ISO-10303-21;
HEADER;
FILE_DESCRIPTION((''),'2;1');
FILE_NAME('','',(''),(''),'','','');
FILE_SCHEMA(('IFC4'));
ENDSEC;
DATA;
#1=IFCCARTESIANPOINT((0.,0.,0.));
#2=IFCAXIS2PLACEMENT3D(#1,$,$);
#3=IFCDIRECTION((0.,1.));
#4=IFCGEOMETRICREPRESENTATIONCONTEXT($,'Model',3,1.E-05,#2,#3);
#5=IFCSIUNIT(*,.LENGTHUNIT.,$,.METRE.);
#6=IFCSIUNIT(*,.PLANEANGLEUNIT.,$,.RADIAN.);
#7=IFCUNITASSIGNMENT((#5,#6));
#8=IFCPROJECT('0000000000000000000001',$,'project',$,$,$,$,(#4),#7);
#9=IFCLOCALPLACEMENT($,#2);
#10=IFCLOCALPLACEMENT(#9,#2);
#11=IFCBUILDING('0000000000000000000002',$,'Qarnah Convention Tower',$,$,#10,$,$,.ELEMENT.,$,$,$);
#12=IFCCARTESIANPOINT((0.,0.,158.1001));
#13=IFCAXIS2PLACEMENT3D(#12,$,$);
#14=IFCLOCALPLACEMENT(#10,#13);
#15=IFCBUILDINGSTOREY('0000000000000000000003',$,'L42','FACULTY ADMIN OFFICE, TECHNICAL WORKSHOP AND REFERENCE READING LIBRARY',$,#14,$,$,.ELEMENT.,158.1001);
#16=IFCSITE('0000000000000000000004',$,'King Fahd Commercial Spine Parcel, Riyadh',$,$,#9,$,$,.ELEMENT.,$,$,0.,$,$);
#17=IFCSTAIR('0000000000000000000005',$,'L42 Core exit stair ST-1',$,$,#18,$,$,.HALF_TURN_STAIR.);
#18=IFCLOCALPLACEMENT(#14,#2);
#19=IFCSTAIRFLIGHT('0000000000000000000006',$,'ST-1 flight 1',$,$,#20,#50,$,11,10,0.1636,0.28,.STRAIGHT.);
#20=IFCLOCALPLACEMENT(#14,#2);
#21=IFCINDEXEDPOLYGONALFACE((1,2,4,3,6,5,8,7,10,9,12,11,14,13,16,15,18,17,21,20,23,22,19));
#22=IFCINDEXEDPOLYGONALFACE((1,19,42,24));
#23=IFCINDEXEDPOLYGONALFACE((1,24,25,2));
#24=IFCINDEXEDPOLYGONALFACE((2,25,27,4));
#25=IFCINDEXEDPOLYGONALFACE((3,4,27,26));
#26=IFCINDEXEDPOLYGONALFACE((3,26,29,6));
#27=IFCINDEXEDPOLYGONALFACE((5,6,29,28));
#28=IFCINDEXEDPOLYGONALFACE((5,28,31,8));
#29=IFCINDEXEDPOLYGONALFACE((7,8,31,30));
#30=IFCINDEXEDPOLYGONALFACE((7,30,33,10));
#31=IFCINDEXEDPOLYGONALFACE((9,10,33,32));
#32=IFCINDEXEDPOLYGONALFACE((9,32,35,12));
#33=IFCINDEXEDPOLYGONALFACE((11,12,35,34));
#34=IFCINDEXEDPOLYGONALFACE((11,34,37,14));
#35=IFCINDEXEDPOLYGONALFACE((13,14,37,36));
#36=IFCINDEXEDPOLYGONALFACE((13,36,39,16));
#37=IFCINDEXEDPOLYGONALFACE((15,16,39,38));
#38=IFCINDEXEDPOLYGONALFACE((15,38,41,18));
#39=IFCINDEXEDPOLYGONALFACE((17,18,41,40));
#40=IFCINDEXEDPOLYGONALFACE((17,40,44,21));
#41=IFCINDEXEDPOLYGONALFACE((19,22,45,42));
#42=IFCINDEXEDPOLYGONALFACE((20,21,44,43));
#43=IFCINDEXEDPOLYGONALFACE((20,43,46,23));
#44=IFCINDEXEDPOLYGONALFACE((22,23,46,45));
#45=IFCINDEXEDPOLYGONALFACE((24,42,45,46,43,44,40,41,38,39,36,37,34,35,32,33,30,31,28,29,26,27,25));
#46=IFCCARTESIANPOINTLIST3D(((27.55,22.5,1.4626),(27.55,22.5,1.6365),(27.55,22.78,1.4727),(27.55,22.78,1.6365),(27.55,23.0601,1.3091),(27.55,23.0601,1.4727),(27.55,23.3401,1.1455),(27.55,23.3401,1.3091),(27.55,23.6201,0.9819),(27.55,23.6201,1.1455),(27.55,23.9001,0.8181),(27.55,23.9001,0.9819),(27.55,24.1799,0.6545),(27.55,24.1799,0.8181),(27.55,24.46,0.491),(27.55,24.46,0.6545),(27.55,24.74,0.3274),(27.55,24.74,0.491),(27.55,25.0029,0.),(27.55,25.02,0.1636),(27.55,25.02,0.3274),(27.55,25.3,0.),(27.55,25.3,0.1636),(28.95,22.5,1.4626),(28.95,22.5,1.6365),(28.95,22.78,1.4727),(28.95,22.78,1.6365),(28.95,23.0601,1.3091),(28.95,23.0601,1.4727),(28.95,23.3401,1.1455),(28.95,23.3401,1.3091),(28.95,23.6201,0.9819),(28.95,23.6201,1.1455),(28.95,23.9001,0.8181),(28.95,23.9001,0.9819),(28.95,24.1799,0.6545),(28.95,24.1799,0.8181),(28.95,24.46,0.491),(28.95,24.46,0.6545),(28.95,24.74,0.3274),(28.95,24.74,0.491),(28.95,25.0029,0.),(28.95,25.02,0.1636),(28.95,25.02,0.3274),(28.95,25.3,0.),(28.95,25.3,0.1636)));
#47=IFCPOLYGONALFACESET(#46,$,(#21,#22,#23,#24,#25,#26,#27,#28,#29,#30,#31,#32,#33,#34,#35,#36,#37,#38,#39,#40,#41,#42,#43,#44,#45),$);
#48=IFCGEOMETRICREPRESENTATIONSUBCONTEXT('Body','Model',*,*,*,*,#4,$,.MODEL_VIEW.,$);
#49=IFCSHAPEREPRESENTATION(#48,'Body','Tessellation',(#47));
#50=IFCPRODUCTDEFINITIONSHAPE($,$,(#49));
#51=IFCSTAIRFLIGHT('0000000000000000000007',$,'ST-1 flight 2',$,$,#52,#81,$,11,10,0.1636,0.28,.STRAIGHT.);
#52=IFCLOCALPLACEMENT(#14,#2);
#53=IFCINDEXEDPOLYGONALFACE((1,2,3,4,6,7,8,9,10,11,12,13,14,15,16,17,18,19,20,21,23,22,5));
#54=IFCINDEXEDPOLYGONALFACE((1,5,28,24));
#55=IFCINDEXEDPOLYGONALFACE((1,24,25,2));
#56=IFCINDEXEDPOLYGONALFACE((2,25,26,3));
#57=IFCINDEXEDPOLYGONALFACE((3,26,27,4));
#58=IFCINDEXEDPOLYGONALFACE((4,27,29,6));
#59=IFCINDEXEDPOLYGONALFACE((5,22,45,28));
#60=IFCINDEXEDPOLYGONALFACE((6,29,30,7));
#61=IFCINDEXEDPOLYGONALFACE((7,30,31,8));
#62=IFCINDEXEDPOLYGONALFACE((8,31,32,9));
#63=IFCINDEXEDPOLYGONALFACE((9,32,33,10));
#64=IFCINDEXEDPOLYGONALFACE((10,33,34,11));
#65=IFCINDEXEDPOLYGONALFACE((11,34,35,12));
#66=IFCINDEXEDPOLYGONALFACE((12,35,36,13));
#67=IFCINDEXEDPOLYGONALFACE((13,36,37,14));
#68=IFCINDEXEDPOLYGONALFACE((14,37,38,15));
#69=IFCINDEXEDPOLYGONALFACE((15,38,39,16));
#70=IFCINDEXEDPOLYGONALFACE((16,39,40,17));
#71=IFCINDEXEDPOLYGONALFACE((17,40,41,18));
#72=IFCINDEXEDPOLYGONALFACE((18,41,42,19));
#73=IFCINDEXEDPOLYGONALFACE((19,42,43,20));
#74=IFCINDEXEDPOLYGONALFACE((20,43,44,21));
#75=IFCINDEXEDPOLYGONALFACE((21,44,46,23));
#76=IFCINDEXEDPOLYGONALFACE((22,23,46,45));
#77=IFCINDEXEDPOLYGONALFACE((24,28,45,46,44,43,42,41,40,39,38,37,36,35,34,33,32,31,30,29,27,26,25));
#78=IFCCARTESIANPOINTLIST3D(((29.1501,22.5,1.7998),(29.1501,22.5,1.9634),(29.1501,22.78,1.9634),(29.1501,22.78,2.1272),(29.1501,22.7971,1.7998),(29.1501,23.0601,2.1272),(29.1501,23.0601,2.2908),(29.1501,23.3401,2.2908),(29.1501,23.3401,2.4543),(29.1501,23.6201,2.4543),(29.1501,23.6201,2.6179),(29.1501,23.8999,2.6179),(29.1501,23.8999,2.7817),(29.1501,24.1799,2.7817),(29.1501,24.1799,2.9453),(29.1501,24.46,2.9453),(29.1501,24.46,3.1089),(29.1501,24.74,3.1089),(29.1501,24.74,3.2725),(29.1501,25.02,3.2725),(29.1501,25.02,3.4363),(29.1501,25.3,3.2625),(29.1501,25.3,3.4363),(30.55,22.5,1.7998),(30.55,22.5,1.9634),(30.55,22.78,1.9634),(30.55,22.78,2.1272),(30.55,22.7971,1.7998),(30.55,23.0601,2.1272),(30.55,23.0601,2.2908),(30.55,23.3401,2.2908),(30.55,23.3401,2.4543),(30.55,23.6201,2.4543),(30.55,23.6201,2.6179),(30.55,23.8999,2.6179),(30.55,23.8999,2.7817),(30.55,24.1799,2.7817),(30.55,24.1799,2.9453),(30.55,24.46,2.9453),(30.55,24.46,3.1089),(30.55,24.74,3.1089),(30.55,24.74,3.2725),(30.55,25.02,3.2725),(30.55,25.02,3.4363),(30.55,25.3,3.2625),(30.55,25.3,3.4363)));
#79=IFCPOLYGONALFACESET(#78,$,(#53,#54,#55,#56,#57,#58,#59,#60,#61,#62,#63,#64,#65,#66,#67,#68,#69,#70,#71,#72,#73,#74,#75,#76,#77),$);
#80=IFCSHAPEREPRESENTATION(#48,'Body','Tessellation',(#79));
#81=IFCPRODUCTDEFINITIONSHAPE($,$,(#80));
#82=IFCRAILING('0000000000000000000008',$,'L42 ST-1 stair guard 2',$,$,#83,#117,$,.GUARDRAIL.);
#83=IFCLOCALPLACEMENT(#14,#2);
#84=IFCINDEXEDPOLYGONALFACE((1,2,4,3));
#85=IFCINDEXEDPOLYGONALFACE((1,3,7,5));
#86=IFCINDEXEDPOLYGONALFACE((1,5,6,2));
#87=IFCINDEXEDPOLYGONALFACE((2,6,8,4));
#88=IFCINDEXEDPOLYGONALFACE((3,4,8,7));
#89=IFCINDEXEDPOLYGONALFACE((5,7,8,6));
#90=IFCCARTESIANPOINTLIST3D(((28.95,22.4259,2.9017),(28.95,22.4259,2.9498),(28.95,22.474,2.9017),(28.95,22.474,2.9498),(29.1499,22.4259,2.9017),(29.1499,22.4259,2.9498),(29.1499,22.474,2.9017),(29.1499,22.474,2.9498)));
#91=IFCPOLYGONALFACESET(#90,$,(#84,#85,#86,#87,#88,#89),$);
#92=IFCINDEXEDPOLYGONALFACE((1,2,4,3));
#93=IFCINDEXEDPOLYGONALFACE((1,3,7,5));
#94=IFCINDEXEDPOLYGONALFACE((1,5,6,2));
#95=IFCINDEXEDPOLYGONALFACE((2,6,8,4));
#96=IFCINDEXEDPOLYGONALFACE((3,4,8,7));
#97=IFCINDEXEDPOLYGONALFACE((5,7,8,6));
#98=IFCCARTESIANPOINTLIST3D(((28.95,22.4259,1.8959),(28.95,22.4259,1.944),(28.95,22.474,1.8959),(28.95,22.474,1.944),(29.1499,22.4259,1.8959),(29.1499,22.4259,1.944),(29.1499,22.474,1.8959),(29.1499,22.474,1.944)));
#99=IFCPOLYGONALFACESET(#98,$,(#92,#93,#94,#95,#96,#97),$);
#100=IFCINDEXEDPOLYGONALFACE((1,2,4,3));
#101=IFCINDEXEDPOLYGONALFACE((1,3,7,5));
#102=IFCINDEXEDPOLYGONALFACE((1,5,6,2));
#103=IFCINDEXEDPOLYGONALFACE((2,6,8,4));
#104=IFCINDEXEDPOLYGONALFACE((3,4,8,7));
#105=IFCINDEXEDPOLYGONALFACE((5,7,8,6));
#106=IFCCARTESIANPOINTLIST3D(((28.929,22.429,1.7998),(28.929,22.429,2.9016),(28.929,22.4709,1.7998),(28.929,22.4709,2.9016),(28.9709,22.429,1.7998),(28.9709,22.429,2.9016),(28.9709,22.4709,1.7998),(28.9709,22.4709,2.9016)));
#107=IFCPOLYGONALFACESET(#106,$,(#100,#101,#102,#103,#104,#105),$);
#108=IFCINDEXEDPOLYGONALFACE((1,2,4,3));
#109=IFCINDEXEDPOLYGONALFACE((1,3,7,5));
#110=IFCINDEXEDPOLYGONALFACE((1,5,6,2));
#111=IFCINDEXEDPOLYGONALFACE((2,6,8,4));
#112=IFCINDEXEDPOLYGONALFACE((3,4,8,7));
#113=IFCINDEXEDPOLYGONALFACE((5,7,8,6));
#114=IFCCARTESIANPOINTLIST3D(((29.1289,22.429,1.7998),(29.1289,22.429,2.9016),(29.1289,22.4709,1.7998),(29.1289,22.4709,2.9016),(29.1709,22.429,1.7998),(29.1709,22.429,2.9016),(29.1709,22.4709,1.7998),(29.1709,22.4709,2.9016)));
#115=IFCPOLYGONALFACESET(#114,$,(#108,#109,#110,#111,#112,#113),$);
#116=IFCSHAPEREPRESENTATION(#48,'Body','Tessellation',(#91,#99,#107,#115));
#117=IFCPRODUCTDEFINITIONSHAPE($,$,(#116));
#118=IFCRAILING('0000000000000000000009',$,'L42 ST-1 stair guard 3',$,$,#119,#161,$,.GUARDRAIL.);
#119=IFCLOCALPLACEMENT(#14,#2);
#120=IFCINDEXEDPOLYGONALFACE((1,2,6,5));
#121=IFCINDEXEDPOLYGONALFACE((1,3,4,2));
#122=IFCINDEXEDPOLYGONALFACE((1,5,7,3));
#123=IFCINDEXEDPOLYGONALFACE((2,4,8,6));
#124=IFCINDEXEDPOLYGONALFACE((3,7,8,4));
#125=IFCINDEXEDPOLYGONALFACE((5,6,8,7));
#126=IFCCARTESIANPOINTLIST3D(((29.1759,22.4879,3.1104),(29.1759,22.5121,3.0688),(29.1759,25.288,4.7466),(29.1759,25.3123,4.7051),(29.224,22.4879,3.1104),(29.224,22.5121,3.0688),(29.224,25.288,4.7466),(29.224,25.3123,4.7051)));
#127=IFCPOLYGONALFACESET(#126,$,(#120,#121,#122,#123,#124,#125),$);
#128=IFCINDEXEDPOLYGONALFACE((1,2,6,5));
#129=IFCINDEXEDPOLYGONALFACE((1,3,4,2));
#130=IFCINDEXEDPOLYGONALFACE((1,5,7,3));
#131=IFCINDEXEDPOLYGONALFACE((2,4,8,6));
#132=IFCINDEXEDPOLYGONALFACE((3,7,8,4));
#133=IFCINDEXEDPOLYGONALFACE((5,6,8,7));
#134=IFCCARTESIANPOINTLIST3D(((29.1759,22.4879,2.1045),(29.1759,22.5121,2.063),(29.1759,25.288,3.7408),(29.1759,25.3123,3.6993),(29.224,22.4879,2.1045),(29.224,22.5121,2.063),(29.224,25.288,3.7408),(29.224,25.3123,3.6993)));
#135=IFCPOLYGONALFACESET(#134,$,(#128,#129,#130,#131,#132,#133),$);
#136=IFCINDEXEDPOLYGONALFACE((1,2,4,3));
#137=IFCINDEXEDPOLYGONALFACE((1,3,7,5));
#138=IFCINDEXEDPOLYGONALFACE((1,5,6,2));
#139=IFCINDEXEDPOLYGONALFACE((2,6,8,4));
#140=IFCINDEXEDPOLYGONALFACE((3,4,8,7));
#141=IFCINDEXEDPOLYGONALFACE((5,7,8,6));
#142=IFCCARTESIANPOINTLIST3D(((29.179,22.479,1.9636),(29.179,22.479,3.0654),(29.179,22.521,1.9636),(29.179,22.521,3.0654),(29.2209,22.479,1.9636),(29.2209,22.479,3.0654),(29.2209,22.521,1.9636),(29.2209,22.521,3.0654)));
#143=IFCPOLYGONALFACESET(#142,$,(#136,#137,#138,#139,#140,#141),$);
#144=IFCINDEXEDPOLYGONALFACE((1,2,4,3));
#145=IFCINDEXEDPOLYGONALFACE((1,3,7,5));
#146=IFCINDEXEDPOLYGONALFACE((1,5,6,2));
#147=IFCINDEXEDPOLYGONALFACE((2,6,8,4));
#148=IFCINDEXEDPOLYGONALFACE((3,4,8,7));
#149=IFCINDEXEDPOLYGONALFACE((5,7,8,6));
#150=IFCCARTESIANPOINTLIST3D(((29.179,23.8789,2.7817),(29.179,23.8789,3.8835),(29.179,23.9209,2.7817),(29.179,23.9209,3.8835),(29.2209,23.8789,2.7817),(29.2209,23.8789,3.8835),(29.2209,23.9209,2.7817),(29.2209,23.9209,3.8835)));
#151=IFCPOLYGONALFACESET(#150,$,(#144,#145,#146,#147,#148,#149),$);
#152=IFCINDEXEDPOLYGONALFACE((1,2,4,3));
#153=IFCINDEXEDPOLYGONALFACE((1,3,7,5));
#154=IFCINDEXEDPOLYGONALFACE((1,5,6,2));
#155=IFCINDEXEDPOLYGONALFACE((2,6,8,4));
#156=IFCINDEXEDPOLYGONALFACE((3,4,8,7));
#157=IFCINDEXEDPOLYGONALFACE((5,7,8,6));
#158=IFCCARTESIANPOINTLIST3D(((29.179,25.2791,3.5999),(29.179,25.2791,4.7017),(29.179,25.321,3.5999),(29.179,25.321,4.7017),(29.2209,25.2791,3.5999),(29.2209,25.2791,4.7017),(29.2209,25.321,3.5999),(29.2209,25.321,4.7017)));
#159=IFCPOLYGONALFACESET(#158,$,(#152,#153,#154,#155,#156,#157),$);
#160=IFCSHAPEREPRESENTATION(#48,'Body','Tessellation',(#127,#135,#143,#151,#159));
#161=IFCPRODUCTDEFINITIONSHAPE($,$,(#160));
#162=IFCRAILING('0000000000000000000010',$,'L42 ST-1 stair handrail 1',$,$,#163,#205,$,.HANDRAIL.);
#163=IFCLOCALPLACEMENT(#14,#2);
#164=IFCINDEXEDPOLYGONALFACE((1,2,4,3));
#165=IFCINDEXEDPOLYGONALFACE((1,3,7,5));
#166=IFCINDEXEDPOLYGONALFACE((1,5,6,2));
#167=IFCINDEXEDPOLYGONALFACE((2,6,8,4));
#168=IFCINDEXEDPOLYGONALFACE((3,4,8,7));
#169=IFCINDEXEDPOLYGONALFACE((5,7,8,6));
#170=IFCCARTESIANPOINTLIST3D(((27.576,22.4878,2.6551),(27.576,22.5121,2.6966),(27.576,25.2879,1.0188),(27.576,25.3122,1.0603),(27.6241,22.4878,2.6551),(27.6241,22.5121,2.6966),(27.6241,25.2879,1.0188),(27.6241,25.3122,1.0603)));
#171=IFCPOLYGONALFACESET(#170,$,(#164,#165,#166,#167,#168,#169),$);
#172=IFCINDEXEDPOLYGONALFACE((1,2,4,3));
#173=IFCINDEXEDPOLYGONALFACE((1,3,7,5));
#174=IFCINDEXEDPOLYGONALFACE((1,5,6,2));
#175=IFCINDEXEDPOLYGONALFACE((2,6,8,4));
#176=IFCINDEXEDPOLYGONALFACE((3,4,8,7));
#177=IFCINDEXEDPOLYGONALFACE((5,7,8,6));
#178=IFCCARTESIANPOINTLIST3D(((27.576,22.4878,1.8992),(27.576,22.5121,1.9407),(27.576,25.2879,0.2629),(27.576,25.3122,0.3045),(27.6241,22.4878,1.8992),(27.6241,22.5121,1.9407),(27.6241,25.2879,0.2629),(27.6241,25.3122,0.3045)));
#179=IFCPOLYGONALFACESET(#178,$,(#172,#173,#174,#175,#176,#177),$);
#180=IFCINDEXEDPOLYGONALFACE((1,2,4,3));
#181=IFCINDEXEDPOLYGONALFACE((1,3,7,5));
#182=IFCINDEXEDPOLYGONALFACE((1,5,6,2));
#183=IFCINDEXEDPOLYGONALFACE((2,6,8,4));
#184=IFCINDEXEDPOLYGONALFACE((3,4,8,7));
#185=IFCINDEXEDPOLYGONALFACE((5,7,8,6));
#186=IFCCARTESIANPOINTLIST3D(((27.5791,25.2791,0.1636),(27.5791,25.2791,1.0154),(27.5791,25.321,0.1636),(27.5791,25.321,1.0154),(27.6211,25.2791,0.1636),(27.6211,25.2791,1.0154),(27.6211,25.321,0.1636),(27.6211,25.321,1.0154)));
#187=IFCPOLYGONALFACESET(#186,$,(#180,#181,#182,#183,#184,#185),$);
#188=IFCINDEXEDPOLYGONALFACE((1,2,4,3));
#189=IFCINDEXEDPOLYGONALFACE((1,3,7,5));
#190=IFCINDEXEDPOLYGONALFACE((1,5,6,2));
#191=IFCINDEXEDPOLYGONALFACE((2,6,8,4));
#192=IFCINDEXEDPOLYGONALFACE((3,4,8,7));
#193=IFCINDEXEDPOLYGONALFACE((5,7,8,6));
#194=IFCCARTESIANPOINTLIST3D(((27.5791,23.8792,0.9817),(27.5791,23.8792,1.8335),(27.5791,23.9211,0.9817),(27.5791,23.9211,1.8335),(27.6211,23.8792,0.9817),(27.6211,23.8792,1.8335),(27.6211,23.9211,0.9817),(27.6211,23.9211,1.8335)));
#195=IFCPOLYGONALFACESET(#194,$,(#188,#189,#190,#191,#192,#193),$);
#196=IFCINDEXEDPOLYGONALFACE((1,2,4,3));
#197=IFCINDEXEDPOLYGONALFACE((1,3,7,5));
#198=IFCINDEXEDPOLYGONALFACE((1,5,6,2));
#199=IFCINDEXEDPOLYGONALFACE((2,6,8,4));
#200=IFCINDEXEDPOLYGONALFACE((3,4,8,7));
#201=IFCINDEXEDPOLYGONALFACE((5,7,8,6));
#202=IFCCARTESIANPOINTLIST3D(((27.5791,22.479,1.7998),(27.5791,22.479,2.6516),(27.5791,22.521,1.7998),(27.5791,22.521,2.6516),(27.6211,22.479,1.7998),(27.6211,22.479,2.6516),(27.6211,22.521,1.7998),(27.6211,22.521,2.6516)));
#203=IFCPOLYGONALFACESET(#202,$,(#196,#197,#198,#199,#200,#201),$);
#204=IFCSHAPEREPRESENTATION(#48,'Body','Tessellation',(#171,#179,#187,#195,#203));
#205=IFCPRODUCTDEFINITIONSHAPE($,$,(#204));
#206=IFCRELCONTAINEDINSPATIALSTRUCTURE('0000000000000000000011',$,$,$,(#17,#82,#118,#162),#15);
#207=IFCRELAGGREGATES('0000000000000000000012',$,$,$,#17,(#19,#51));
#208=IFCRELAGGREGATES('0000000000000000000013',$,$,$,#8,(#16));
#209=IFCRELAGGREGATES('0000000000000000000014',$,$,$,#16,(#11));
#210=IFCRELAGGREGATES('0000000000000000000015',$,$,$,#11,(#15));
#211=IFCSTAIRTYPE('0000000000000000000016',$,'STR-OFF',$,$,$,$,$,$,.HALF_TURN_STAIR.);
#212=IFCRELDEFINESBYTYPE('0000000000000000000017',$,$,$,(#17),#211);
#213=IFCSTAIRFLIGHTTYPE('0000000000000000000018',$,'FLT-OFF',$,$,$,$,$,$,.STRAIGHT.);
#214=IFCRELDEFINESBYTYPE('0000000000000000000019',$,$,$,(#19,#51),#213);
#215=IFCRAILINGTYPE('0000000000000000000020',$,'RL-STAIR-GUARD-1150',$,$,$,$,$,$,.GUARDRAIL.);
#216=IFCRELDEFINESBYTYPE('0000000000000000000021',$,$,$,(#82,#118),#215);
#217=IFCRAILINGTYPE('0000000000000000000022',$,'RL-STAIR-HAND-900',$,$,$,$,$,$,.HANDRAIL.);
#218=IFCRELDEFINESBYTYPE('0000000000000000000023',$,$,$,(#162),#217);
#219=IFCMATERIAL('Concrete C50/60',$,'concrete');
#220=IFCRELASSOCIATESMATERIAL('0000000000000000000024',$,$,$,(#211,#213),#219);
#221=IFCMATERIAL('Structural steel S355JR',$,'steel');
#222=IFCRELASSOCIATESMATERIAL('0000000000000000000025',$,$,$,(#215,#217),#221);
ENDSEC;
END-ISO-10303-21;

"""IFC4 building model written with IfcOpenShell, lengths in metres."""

from ifc_helpers import new_model, si_unit, direction, frame, origin, origin_2d, place, context, subcontext, project, spatial, polyline, rectangle, outline, extrude, material, type_object, element, aggregate, save


model = new_model("IFC4")

# Units and contexts
model_context = context("Model", 3, precision=1e-05, world=origin(), true_north=direction((0.0, 1.0)))
body_context = subcontext(model_context, "Body", "Model", "MODEL_VIEW")
ifc_project = project(units=[si_unit("LENGTHUNIT", "METRE"), si_unit("PLANEANGLEUNIT", "RADIAN")], contexts=[model_context])

# Site, building, storey
site_placement = place(None, origin())
site = spatial("IfcSite", under=ifc_project, at=site_placement, Name="King Fahd Commercial Spine Parcel, Riyadh", CompositionType="ELEMENT", RefElevation=0.0)
building_placement = place(site_placement, origin())
building = spatial("IfcBuilding", under=site, at=building_placement, Name="Qarnah Convention Tower", CompositionType="ELEMENT")
storey_placement = place(building_placement, frame((0.0, 0.0, 158.1001)))
storey = spatial("IfcBuildingStorey", under=building, at=storey_placement, Name="L42", Description="FACULTY ADMIN OFFICE, TECHNICAL WORKSHOP AND REFERENCE READING LIBRARY", CompositionType="ELEMENT", Elevation=158.1001)

# Shared definitions
ifc_material_1 = material(Name="Structural steel S355JR", Category="steel")

# Stair, stair flights
ifc_material_2 = material(Name="Concrete C50/60", Category="concrete")
stair_type = type_object("IfcStairType", Name="STR-OFF", PredefinedType="HALF_TURN_STAIR", material=ifc_material_2)
stair_placement = place(storey_placement, origin())
stair = element("IfcStair", 1, at=stair_placement, inside=storey, type_object=stair_type, Name="L42 Core exit stair ST-1", PredefinedType="HALF_TURN_STAIR")
stair_flight_type = type_object("IfcStairFlightType", Name="FLT-OFF", PredefinedType="STRAIGHT", material=ifc_material_2)
stair_flight_1_placement = place(storey_placement, frame((28.25, 25.3, 0.0), z_axis=(0.0, 0.0, 1.0), x_axis=(0.0, -1.0, 0.0)))
stair_flight_1 = element("IfcStairFlight", 2, at=stair_flight_1_placement, type_object=stair_flight_type, Name="ST-1 flight 1", NumberOfRisers=11, NumberOfTreads=10, PredefinedType="STRAIGHT", RiserHeight=0.1636, TreadLength=0.28, context=body_context, shape_type="SweptSolid", body=[
    extrude(outline(polyline([(0.0, 0.0), (0.0, 0.1636), (0.28, 0.1636), (0.28, 0.3274), (0.5601, 0.3274), (0.5601, 0.491), (0.8401, 0.491), (0.8401, 0.6545), (1.1201, 0.6545), (1.1201, 0.8181), (1.3999, 0.8181), (1.3999, 0.9819), (1.6799, 0.9819), (1.6799, 1.1455), (1.96, 1.1455), (1.96, 1.3091), (2.24, 1.3091), (2.24, 1.4727), (2.52, 1.4727), (2.52, 1.6365), (2.8, 1.6365), (2.8, 1.8), (2.8, 1.4626), (0.2971, 0.0), (0.0, 0.0)])), frame((0.0, 0.7, 0.0), z_axis=(0.0, -1.0, 0.0), x_axis=(1.0, 0.0, 0.0)), (0.0, 0.0, 1.0), 1.3999),
])
stair_flight_2_placement = place(storey_placement, frame((29.8501, 22.5, 1.7998), z_axis=(0.0, 0.0, 1.0), x_axis=(0.0, 1.0, 0.0)))
stair_flight_2 = element("IfcStairFlight", 3, at=stair_flight_2_placement, type_object=stair_flight_type, Name="ST-1 flight 2", NumberOfRisers=11, NumberOfTreads=10, PredefinedType="STRAIGHT", RiserHeight=0.1636, TreadLength=0.28, context=body_context, shape_type="SweptSolid", body=[
    extrude(outline(polyline([(0.0, 0.0), (0.0, 0.1636), (0.28, 0.1636), (0.28, 0.3274), (0.5601, 0.3274), (0.5601, 0.491), (0.8401, 0.491), (0.8401, 0.6545), (1.1201, 0.6545), (1.1201, 0.8181), (1.3999, 0.8181), (1.3999, 0.9819), (1.6799, 0.9819), (1.6799, 1.1455), (1.96, 1.1455), (1.96, 1.3091), (2.24, 1.3091), (2.24, 1.4727), (2.52, 1.4727), (2.52, 1.6365), (2.8, 1.6365), (2.8, 1.8), (2.8, 1.4626), (0.2971, 0.0), (0.0, 0.0)])), frame((0.0, 0.7, 0.0), z_axis=(0.0, -1.0, 0.0), x_axis=(1.0, 0.0, 0.0)), (0.0, 0.0, 1.0), 1.3999),
])
aggregate(stair, [stair_flight_1, stair_flight_2])

# Railings
railing_type_1 = type_object("IfcRailingType", Name="RL-STAIR-GUARD-1150", PredefinedType="GUARDRAIL", material=ifc_material_1)
railing_1_placement = place(storey_placement, frame((28.95, 22.45, 1.7998)))
element("IfcRailing", 4, at=railing_1_placement, inside=storey, type_object=railing_type_1, Name="L42 ST-1 stair guard 2", PredefinedType="GUARDRAIL", context=body_context, shape_type="SweptSolid", body=[
    extrude(rectangle(XDim=0.0481, YDim=0.0481, at=origin_2d()), frame((0.0, 0.0, 1.126), z_axis=(1.0, 0.0, 0.0), x_axis=(0.0, 1.0, 0.0)), (0.0, 0.0, 1.0), 0.2),
    extrude(rectangle(XDim=0.0481, YDim=0.0481, at=origin_2d()), frame((0.0, 0.0, 0.1201), z_axis=(1.0, 0.0, 0.0), x_axis=(0.0, 1.0, 0.0)), (0.0, 0.0, 1.0), 0.2),
    extrude(rectangle(XDim=0.042, YDim=0.042, at=origin_2d()), origin(), (0.0, 0.0, 1.0), 1.1018),
    extrude(rectangle(XDim=0.042, YDim=0.042, at=origin_2d()), frame((0.2, 0.0, 0.0)), (0.0, 0.0, 1.0), 1.1018),
])
railing_2_placement = place(storey_placement, frame((29.2, 22.5, 1.9636)))
element("IfcRailing", 5, at=railing_2_placement, inside=storey, type_object=railing_type_1, Name="L42 ST-1 stair guard 3", PredefinedType="GUARDRAIL", context=body_context, shape_type="SweptSolid", body=[
    extrude(rectangle(XDim=0.0481, YDim=0.0481, at=origin_2d()), frame((0.0, 0.0, 1.126), z_axis=(0.0, 0.863394, 0.504531), x_axis=(-1.0, 0.0, 0.0)), (0.0, 0.0, 1.0), 3.2432),
    extrude(rectangle(XDim=0.0481, YDim=0.0481, at=origin_2d()), frame((0.0, 0.0, 0.1201), z_axis=(0.0, 0.863394, 0.504531), x_axis=(-1.0, 0.0, 0.0)), (0.0, 0.0, 1.0), 3.2432),
    extrude(rectangle(XDim=0.042, YDim=0.042, at=origin_2d()), origin(), (0.0, 0.0, 1.0), 1.1018),
    extrude(rectangle(XDim=0.042, YDim=0.042, at=origin_2d()), frame((0.0, 1.3999, 0.8181)), (0.0, 0.0, 1.0), 1.1018),
    extrude(rectangle(XDim=0.042, YDim=0.042, at=origin_2d()), frame((0.0, 2.8, 1.6362)), (0.0, 0.0, 1.0), 1.1018),
])
railing_type_2 = type_object("IfcRailingType", Name="RL-STAIR-HAND-900", PredefinedType="HANDRAIL", material=ifc_material_1)
railing_3_placement = place(storey_placement, frame((27.6001, 25.3, 0.1636)))
element("IfcRailing", 6, at=railing_3_placement, inside=storey, type_object=railing_type_2, Name="L42 ST-1 stair handrail 1", PredefinedType="HANDRAIL", context=body_context, shape_type="SweptSolid", body=[
    extrude(rectangle(XDim=0.0481, YDim=0.0481, at=origin_2d()), frame((0.0, 0.0, 0.876), z_axis=(0.0, -0.863394, 0.504531), x_axis=(1.0, 0.0, 0.0)), (0.0, 0.0, 1.0), 3.2432),
    extrude(rectangle(XDim=0.0481, YDim=0.0481, at=origin_2d()), frame((0.0, 0.0, 0.1201), z_axis=(0.0, -0.863394, 0.504531), x_axis=(1.0, 0.0, 0.0)), (0.0, 0.0, 1.0), 3.2432),
    extrude(rectangle(XDim=0.042, YDim=0.042, at=origin_2d()), origin(), (0.0, 0.0, 1.0), 0.8518),
    extrude(rectangle(XDim=0.042, YDim=0.042, at=origin_2d()), frame((0.0, -1.3999, 0.8181)), (0.0, 0.0, 1.0), 0.8518),
    extrude(rectangle(XDim=0.042, YDim=0.042, at=origin_2d()), frame((0.0, -2.8, 1.6362)), (0.0, 0.0, 1.0), 0.8518),
])

save(model, "model.ifc")
